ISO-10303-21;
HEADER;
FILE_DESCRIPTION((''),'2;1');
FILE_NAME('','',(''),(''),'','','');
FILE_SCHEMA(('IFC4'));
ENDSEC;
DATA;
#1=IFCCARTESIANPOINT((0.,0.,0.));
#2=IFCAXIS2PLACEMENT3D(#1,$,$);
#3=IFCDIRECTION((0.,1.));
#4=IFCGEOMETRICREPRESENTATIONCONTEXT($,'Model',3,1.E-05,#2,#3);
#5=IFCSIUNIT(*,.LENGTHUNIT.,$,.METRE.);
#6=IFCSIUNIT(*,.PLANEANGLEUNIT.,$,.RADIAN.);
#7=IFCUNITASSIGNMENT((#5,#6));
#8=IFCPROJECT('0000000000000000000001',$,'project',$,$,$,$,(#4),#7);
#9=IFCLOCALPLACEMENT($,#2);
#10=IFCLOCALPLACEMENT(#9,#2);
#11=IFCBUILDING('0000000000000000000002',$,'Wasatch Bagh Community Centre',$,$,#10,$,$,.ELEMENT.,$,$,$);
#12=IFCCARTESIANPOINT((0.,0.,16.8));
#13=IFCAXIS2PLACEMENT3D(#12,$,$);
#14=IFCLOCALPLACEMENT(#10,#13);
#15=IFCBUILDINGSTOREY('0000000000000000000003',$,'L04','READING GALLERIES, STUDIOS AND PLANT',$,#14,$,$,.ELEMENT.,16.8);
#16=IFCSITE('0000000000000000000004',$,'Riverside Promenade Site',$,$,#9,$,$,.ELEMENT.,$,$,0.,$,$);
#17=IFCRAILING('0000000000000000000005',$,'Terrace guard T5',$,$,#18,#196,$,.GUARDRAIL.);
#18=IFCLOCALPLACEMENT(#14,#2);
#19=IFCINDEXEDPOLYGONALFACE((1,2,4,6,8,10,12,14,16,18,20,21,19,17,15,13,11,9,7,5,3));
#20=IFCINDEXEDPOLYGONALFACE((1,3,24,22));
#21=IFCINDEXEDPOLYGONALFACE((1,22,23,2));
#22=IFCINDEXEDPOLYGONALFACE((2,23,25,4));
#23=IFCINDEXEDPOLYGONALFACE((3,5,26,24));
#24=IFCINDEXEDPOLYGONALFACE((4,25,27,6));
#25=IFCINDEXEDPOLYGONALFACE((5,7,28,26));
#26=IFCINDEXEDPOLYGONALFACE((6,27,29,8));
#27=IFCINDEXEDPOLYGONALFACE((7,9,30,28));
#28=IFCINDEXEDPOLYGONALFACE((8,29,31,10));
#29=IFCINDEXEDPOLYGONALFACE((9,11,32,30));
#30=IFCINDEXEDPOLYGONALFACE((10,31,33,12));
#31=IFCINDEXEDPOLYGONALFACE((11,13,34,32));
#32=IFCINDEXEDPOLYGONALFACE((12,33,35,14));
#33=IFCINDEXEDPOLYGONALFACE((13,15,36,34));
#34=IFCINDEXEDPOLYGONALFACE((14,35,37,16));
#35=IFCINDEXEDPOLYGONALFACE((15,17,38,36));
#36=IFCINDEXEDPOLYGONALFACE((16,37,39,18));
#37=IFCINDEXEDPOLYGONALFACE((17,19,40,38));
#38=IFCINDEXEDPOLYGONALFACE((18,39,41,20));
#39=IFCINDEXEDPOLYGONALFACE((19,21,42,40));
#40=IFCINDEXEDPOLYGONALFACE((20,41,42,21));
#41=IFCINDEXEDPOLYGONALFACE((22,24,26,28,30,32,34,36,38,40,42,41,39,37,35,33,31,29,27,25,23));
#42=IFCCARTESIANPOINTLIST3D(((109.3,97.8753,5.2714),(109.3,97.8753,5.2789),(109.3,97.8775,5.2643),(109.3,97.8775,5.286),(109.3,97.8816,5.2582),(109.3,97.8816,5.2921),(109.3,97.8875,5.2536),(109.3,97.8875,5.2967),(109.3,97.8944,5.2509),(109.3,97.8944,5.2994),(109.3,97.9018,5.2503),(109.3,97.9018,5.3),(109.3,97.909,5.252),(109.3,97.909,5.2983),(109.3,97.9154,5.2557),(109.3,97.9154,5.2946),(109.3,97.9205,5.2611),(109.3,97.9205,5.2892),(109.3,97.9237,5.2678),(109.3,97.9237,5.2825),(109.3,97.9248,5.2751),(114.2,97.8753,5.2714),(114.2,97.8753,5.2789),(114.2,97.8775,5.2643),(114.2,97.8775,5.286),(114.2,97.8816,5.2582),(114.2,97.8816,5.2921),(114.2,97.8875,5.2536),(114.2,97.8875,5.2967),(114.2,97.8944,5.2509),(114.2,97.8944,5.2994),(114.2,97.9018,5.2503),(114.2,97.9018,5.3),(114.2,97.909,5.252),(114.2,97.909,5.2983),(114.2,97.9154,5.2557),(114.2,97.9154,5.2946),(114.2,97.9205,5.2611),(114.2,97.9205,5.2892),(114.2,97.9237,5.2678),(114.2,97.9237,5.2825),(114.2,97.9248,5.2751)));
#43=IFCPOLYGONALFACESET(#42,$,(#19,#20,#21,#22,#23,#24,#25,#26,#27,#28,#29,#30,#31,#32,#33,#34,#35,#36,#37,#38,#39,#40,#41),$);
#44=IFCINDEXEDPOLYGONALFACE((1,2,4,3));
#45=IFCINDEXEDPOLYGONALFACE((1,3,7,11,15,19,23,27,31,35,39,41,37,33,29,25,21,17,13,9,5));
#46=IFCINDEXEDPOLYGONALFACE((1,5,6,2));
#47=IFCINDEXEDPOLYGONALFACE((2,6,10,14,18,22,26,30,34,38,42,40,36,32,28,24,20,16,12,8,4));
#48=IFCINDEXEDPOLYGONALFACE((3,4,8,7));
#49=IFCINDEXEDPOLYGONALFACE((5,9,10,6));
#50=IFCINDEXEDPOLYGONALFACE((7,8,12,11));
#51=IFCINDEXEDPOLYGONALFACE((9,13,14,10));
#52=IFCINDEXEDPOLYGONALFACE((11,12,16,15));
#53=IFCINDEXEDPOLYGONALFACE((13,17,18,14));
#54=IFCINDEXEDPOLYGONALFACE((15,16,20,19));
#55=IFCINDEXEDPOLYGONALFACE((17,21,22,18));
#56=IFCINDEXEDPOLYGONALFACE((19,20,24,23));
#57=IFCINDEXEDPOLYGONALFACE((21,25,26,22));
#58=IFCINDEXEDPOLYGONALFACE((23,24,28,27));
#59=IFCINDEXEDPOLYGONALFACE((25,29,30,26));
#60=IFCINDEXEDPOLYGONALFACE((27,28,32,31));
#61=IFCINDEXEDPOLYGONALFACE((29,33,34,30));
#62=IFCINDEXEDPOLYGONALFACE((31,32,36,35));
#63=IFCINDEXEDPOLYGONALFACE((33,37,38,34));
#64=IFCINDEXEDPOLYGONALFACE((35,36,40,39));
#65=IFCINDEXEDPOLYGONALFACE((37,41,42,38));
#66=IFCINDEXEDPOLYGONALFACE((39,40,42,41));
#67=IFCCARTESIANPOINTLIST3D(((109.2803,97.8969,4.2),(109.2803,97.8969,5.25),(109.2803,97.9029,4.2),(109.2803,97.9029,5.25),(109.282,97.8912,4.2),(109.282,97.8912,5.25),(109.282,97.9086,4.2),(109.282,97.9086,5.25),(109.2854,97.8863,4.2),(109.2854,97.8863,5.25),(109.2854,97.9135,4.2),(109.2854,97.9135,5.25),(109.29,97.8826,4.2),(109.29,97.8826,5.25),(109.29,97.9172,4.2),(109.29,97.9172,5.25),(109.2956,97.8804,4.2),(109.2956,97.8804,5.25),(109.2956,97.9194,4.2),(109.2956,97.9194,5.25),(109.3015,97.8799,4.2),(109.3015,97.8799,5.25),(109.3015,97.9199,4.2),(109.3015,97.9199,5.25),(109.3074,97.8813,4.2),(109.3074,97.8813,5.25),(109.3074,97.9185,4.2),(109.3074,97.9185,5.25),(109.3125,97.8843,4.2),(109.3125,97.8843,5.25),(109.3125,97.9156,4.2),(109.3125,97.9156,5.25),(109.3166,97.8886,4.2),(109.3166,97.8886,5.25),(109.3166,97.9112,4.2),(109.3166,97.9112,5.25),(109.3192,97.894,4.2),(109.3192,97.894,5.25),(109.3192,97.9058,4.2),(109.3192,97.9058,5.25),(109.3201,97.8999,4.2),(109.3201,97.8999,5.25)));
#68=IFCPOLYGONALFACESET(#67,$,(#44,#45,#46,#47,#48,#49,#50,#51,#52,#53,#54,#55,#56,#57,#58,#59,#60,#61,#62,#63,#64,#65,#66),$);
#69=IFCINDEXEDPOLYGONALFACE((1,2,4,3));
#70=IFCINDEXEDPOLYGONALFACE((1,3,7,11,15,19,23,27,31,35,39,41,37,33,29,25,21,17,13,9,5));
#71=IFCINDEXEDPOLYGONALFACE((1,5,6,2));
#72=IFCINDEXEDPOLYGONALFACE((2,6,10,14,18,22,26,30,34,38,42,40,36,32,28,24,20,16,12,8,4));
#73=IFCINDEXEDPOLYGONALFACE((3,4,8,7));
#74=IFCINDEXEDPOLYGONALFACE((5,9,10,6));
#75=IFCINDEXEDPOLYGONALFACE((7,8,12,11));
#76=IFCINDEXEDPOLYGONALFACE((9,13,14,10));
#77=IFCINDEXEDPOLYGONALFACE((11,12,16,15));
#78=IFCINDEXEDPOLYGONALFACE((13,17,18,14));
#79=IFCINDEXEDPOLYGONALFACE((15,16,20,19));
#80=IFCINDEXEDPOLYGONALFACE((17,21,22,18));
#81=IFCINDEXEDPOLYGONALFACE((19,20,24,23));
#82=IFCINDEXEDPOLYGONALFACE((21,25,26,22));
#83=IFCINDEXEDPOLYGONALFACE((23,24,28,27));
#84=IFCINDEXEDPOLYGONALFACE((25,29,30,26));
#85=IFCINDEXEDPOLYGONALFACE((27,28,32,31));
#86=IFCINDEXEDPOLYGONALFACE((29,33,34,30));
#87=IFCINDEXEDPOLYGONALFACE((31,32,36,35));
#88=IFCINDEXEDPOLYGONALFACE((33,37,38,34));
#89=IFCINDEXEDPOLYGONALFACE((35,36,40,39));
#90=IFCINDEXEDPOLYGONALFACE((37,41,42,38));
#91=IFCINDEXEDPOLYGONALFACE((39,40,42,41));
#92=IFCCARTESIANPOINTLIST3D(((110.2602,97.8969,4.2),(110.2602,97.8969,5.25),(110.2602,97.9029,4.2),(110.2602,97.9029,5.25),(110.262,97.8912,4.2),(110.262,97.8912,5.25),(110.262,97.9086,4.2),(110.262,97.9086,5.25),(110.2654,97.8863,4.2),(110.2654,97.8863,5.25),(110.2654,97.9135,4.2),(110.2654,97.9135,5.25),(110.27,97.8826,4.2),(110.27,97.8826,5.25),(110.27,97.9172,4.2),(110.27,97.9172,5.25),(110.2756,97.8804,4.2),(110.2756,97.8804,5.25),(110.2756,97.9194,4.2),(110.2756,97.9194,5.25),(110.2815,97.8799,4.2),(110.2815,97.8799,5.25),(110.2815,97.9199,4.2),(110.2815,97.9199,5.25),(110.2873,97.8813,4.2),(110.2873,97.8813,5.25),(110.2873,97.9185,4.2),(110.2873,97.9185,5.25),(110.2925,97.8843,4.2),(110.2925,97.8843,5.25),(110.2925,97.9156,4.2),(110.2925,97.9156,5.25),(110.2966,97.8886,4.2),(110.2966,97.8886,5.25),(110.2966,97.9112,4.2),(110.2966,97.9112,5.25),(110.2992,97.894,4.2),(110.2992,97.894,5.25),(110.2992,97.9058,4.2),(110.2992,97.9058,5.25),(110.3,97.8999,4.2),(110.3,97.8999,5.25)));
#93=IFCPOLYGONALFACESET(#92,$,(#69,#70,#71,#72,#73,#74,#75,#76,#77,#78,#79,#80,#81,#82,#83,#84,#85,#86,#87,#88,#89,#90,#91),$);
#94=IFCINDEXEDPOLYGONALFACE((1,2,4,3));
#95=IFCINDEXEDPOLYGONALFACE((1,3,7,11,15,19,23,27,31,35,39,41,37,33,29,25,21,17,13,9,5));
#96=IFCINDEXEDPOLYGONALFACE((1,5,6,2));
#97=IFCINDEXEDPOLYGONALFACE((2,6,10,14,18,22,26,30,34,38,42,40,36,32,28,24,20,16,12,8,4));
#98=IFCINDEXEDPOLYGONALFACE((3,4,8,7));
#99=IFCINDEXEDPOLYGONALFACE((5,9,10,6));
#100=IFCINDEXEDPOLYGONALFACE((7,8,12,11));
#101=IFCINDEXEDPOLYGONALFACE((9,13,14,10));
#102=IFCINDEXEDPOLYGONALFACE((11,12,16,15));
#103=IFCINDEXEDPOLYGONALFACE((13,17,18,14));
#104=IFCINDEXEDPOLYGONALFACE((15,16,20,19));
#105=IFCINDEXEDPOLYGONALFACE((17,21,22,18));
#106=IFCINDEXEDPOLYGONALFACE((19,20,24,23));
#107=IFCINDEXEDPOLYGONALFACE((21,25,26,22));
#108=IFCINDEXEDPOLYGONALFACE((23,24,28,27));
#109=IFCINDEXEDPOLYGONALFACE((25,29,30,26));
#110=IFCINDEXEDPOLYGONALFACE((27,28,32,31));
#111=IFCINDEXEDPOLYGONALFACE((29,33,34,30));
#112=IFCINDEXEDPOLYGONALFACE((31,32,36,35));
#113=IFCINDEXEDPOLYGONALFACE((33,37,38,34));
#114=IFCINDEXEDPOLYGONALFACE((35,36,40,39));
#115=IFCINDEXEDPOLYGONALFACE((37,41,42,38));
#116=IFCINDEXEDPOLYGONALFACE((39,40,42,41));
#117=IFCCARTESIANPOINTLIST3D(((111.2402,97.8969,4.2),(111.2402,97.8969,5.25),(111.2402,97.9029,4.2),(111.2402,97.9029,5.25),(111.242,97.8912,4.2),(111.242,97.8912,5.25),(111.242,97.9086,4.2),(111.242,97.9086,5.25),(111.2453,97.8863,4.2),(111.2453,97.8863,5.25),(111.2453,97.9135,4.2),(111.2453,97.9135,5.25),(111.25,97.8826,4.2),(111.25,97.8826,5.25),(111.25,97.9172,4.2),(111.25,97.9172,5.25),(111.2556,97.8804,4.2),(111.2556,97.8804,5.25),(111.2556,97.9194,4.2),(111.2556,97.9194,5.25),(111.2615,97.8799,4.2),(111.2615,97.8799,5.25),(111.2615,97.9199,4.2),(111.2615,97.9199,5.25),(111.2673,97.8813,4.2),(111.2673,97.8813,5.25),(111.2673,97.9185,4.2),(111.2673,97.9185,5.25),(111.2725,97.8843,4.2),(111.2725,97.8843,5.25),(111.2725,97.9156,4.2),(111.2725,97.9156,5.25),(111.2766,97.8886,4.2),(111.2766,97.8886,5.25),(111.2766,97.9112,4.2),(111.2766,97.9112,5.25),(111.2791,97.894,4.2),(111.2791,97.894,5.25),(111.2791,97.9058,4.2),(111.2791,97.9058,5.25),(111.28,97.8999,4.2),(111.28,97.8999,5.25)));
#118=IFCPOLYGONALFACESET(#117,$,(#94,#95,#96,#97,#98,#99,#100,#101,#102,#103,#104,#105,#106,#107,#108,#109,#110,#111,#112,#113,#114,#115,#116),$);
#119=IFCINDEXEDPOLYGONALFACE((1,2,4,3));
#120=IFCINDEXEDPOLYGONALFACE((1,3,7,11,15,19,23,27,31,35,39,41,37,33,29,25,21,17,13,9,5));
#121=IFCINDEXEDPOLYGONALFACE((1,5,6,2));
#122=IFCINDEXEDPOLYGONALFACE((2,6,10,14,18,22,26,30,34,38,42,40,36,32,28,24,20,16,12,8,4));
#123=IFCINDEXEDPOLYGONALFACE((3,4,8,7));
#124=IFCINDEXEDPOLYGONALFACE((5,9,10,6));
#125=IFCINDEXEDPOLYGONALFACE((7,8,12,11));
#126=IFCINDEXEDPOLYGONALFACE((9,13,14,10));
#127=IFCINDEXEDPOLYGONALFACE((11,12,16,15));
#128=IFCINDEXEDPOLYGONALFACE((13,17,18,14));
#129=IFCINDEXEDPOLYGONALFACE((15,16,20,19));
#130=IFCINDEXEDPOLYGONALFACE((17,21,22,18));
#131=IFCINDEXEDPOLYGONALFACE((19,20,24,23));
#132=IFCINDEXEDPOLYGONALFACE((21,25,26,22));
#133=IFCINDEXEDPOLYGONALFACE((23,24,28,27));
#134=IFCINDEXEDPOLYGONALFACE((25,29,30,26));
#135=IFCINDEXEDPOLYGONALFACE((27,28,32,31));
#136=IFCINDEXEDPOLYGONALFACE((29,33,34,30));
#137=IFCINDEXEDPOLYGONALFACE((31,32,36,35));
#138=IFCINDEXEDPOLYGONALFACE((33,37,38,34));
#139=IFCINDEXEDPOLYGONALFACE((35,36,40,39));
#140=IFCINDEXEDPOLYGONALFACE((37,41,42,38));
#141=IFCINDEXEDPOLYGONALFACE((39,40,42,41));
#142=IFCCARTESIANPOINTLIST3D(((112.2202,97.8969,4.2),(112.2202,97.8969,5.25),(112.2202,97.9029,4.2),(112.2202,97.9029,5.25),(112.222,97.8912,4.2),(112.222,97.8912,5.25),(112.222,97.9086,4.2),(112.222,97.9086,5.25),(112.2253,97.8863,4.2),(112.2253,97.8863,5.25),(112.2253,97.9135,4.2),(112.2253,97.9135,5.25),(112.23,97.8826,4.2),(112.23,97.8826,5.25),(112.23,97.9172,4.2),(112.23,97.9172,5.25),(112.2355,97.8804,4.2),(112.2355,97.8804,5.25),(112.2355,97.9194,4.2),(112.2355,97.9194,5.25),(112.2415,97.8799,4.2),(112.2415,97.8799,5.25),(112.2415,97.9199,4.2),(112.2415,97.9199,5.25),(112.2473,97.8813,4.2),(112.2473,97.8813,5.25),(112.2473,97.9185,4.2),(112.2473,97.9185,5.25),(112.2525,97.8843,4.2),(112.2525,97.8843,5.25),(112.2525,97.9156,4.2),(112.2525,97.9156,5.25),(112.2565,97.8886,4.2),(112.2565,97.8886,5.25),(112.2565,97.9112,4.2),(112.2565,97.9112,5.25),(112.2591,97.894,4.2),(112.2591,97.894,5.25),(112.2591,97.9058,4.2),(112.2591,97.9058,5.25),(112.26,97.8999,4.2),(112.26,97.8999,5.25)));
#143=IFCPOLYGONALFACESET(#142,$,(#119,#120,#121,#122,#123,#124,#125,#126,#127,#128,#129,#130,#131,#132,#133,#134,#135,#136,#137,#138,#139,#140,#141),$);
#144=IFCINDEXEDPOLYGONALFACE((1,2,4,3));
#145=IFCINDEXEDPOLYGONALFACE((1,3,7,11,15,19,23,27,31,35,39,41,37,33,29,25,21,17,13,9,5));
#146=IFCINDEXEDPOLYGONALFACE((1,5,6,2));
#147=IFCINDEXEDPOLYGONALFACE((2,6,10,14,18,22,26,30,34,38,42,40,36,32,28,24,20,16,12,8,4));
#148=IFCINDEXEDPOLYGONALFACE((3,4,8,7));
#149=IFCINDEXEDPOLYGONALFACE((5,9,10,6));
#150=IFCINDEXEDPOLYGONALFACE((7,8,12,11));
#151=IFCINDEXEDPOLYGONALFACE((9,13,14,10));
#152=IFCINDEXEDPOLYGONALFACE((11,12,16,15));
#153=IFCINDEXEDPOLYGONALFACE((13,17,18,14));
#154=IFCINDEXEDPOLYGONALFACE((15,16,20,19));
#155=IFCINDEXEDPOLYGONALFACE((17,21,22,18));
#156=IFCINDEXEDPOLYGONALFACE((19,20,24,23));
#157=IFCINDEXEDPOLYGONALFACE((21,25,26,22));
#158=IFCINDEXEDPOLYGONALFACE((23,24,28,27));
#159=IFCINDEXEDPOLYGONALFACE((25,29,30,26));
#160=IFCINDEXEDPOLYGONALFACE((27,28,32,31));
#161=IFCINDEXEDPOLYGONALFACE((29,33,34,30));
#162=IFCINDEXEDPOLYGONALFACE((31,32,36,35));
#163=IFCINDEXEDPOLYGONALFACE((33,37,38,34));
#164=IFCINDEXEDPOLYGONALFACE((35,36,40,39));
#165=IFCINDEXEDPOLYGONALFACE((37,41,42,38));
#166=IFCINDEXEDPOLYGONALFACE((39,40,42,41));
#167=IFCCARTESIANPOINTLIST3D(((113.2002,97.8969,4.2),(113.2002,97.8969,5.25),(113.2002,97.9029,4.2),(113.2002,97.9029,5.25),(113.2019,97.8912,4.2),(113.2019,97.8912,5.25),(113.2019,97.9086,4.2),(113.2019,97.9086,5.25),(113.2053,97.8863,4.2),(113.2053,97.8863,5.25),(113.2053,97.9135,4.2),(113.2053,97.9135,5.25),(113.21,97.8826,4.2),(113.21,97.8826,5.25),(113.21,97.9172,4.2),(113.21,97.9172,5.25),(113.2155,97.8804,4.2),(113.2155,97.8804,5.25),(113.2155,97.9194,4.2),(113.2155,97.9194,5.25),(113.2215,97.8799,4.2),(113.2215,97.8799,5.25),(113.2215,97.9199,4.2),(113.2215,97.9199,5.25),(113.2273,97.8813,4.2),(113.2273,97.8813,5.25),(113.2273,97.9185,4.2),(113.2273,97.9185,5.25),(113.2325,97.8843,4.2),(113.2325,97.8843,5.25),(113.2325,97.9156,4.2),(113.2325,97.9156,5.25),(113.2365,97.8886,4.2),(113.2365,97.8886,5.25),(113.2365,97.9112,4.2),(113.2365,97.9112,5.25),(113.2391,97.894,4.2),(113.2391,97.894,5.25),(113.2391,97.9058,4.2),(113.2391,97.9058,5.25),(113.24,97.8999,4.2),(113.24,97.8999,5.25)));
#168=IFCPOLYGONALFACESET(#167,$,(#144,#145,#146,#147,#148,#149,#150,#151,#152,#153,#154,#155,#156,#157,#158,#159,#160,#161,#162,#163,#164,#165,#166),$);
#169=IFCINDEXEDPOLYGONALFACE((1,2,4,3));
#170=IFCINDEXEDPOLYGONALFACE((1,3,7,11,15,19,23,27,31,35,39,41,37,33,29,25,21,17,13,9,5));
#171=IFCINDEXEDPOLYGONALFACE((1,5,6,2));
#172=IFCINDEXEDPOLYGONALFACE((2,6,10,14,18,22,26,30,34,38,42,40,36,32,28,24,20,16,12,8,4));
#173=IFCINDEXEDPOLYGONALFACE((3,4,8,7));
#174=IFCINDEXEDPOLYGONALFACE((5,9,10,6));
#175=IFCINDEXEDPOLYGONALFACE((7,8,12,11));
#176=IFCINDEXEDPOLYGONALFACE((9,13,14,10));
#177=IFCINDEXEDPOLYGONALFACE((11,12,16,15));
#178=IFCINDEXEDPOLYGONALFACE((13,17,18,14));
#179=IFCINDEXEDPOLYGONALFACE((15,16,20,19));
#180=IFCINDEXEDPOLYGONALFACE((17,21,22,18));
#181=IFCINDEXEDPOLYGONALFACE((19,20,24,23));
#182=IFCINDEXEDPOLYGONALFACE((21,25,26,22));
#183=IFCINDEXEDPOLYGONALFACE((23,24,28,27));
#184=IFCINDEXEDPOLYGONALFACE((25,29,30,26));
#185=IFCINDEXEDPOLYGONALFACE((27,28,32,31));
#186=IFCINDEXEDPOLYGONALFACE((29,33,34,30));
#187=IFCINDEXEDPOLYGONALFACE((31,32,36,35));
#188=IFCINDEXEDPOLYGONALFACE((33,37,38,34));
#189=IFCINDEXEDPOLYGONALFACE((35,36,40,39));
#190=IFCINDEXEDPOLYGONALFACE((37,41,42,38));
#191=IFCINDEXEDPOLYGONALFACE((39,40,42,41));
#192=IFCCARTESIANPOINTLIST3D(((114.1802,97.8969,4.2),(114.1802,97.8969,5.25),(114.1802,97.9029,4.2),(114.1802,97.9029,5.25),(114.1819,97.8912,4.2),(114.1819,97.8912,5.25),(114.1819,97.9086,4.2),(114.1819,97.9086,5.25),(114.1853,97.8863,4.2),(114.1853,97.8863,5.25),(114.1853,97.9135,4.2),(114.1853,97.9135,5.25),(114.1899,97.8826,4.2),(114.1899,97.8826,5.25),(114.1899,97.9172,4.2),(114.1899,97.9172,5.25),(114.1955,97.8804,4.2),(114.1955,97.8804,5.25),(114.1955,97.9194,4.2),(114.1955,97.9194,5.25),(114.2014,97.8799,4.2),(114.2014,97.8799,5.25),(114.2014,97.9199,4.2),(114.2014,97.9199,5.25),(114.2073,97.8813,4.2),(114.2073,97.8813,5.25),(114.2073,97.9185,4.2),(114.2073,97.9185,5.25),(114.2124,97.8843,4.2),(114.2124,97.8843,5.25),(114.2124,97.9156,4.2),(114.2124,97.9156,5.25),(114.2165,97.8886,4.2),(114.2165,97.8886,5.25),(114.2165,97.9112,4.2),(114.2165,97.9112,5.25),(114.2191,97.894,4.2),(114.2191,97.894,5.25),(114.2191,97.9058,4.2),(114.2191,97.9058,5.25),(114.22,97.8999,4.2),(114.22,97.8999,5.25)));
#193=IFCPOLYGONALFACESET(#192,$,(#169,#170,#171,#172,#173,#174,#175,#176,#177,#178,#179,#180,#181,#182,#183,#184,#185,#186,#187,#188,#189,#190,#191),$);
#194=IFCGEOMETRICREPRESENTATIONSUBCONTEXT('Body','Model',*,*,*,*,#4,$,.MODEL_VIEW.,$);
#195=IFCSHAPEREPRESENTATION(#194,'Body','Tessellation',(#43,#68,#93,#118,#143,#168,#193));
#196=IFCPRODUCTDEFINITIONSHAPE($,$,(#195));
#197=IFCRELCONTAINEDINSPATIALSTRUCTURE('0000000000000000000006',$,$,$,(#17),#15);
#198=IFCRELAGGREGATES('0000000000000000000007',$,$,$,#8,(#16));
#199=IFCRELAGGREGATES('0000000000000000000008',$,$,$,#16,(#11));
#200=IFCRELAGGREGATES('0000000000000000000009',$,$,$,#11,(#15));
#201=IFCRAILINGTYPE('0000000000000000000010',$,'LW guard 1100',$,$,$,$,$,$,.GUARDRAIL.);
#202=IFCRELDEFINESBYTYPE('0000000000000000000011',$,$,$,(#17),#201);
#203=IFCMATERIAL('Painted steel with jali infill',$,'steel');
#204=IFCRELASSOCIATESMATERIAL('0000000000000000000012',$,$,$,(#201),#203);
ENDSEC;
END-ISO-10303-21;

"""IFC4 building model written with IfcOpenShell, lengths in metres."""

from ifc_helpers import new_model, si_unit, direction, frame, origin, origin_2d, place, context, subcontext, project, spatial, circle, extrude, material, type_object, element, save


model = new_model("IFC4")

# Units and contexts
model_context = context("Model", 3, precision=1e-05, world=origin(), true_north=direction((0.0, 1.0)))
body_context = subcontext(model_context, "Body", "Model", "MODEL_VIEW")
ifc_project = project(units=[si_unit("LENGTHUNIT", "METRE"), si_unit("PLANEANGLEUNIT", "RADIAN")], contexts=[model_context])

# Site, building, storey
site_placement = place(None, origin())
site = spatial("IfcSite", under=ifc_project, at=site_placement, Name="Riverside Promenade Site", CompositionType="ELEMENT", RefElevation=0.0)
building_placement = place(site_placement, origin())
building = spatial("IfcBuilding", under=site, at=building_placement, Name="Wasatch Bagh Community Centre", CompositionType="ELEMENT")
storey_placement = place(building_placement, frame((0.0, 0.0, 16.8)))
storey = spatial("IfcBuildingStorey", under=building, at=storey_placement, Name="L04", Description="READING GALLERIES, STUDIOS AND PLANT", CompositionType="ELEMENT", Elevation=16.8)

# Railing
ifc_material_1 = material(Name="Painted steel with jali infill", Category="steel")
railing_type = type_object("IfcRailingType", Name="LW guard 1100", PredefinedType="GUARDRAIL", material=ifc_material_1)
railing_1_placement = place(storey_placement, frame((109.3, 97.8999, 4.2)))
element("IfcRailing", 1, at=railing_1_placement, inside=storey, type_object=railing_type, Name="Terrace guard T5", PredefinedType="GUARDRAIL", context=body_context, shape_type="SweptSolid", body=[
    extrude(circle(Radius=0.0249, at=origin_2d()), frame((0.0, 0.0, 1.0752), z_axis=(1.0, 0.0, 0.0), x_axis=(0.0, 1.0, 0.0)), (0.0, 0.0, 1.0), 4.8999),
    extrude(circle(Radius=0.02, at=origin_2d()), origin(), (0.0, 0.0, 1.0), 1.05),
    extrude(circle(Radius=0.02, at=origin_2d()), frame((0.98, 0.0, 0.0)), (0.0, 0.0, 1.0), 1.05),
    extrude(circle(Radius=0.02, at=origin_2d()), frame((1.96, 0.0, 0.0)), (0.0, 0.0, 1.0), 1.05),
    extrude(circle(Radius=0.02, at=origin_2d()), frame((2.9399, 0.0, 0.0)), (0.0, 0.0, 1.0), 1.05),
    extrude(circle(Radius=0.02, at=origin_2d()), frame((3.9199, 0.0, 0.0)), (0.0, 0.0, 1.0), 1.05),
    extrude(circle(Radius=0.02, at=origin_2d()), frame((4.8999, 0.0, 0.0)), (0.0, 0.0, 1.0), 1.05),
])

save(model, "model.ifc")
